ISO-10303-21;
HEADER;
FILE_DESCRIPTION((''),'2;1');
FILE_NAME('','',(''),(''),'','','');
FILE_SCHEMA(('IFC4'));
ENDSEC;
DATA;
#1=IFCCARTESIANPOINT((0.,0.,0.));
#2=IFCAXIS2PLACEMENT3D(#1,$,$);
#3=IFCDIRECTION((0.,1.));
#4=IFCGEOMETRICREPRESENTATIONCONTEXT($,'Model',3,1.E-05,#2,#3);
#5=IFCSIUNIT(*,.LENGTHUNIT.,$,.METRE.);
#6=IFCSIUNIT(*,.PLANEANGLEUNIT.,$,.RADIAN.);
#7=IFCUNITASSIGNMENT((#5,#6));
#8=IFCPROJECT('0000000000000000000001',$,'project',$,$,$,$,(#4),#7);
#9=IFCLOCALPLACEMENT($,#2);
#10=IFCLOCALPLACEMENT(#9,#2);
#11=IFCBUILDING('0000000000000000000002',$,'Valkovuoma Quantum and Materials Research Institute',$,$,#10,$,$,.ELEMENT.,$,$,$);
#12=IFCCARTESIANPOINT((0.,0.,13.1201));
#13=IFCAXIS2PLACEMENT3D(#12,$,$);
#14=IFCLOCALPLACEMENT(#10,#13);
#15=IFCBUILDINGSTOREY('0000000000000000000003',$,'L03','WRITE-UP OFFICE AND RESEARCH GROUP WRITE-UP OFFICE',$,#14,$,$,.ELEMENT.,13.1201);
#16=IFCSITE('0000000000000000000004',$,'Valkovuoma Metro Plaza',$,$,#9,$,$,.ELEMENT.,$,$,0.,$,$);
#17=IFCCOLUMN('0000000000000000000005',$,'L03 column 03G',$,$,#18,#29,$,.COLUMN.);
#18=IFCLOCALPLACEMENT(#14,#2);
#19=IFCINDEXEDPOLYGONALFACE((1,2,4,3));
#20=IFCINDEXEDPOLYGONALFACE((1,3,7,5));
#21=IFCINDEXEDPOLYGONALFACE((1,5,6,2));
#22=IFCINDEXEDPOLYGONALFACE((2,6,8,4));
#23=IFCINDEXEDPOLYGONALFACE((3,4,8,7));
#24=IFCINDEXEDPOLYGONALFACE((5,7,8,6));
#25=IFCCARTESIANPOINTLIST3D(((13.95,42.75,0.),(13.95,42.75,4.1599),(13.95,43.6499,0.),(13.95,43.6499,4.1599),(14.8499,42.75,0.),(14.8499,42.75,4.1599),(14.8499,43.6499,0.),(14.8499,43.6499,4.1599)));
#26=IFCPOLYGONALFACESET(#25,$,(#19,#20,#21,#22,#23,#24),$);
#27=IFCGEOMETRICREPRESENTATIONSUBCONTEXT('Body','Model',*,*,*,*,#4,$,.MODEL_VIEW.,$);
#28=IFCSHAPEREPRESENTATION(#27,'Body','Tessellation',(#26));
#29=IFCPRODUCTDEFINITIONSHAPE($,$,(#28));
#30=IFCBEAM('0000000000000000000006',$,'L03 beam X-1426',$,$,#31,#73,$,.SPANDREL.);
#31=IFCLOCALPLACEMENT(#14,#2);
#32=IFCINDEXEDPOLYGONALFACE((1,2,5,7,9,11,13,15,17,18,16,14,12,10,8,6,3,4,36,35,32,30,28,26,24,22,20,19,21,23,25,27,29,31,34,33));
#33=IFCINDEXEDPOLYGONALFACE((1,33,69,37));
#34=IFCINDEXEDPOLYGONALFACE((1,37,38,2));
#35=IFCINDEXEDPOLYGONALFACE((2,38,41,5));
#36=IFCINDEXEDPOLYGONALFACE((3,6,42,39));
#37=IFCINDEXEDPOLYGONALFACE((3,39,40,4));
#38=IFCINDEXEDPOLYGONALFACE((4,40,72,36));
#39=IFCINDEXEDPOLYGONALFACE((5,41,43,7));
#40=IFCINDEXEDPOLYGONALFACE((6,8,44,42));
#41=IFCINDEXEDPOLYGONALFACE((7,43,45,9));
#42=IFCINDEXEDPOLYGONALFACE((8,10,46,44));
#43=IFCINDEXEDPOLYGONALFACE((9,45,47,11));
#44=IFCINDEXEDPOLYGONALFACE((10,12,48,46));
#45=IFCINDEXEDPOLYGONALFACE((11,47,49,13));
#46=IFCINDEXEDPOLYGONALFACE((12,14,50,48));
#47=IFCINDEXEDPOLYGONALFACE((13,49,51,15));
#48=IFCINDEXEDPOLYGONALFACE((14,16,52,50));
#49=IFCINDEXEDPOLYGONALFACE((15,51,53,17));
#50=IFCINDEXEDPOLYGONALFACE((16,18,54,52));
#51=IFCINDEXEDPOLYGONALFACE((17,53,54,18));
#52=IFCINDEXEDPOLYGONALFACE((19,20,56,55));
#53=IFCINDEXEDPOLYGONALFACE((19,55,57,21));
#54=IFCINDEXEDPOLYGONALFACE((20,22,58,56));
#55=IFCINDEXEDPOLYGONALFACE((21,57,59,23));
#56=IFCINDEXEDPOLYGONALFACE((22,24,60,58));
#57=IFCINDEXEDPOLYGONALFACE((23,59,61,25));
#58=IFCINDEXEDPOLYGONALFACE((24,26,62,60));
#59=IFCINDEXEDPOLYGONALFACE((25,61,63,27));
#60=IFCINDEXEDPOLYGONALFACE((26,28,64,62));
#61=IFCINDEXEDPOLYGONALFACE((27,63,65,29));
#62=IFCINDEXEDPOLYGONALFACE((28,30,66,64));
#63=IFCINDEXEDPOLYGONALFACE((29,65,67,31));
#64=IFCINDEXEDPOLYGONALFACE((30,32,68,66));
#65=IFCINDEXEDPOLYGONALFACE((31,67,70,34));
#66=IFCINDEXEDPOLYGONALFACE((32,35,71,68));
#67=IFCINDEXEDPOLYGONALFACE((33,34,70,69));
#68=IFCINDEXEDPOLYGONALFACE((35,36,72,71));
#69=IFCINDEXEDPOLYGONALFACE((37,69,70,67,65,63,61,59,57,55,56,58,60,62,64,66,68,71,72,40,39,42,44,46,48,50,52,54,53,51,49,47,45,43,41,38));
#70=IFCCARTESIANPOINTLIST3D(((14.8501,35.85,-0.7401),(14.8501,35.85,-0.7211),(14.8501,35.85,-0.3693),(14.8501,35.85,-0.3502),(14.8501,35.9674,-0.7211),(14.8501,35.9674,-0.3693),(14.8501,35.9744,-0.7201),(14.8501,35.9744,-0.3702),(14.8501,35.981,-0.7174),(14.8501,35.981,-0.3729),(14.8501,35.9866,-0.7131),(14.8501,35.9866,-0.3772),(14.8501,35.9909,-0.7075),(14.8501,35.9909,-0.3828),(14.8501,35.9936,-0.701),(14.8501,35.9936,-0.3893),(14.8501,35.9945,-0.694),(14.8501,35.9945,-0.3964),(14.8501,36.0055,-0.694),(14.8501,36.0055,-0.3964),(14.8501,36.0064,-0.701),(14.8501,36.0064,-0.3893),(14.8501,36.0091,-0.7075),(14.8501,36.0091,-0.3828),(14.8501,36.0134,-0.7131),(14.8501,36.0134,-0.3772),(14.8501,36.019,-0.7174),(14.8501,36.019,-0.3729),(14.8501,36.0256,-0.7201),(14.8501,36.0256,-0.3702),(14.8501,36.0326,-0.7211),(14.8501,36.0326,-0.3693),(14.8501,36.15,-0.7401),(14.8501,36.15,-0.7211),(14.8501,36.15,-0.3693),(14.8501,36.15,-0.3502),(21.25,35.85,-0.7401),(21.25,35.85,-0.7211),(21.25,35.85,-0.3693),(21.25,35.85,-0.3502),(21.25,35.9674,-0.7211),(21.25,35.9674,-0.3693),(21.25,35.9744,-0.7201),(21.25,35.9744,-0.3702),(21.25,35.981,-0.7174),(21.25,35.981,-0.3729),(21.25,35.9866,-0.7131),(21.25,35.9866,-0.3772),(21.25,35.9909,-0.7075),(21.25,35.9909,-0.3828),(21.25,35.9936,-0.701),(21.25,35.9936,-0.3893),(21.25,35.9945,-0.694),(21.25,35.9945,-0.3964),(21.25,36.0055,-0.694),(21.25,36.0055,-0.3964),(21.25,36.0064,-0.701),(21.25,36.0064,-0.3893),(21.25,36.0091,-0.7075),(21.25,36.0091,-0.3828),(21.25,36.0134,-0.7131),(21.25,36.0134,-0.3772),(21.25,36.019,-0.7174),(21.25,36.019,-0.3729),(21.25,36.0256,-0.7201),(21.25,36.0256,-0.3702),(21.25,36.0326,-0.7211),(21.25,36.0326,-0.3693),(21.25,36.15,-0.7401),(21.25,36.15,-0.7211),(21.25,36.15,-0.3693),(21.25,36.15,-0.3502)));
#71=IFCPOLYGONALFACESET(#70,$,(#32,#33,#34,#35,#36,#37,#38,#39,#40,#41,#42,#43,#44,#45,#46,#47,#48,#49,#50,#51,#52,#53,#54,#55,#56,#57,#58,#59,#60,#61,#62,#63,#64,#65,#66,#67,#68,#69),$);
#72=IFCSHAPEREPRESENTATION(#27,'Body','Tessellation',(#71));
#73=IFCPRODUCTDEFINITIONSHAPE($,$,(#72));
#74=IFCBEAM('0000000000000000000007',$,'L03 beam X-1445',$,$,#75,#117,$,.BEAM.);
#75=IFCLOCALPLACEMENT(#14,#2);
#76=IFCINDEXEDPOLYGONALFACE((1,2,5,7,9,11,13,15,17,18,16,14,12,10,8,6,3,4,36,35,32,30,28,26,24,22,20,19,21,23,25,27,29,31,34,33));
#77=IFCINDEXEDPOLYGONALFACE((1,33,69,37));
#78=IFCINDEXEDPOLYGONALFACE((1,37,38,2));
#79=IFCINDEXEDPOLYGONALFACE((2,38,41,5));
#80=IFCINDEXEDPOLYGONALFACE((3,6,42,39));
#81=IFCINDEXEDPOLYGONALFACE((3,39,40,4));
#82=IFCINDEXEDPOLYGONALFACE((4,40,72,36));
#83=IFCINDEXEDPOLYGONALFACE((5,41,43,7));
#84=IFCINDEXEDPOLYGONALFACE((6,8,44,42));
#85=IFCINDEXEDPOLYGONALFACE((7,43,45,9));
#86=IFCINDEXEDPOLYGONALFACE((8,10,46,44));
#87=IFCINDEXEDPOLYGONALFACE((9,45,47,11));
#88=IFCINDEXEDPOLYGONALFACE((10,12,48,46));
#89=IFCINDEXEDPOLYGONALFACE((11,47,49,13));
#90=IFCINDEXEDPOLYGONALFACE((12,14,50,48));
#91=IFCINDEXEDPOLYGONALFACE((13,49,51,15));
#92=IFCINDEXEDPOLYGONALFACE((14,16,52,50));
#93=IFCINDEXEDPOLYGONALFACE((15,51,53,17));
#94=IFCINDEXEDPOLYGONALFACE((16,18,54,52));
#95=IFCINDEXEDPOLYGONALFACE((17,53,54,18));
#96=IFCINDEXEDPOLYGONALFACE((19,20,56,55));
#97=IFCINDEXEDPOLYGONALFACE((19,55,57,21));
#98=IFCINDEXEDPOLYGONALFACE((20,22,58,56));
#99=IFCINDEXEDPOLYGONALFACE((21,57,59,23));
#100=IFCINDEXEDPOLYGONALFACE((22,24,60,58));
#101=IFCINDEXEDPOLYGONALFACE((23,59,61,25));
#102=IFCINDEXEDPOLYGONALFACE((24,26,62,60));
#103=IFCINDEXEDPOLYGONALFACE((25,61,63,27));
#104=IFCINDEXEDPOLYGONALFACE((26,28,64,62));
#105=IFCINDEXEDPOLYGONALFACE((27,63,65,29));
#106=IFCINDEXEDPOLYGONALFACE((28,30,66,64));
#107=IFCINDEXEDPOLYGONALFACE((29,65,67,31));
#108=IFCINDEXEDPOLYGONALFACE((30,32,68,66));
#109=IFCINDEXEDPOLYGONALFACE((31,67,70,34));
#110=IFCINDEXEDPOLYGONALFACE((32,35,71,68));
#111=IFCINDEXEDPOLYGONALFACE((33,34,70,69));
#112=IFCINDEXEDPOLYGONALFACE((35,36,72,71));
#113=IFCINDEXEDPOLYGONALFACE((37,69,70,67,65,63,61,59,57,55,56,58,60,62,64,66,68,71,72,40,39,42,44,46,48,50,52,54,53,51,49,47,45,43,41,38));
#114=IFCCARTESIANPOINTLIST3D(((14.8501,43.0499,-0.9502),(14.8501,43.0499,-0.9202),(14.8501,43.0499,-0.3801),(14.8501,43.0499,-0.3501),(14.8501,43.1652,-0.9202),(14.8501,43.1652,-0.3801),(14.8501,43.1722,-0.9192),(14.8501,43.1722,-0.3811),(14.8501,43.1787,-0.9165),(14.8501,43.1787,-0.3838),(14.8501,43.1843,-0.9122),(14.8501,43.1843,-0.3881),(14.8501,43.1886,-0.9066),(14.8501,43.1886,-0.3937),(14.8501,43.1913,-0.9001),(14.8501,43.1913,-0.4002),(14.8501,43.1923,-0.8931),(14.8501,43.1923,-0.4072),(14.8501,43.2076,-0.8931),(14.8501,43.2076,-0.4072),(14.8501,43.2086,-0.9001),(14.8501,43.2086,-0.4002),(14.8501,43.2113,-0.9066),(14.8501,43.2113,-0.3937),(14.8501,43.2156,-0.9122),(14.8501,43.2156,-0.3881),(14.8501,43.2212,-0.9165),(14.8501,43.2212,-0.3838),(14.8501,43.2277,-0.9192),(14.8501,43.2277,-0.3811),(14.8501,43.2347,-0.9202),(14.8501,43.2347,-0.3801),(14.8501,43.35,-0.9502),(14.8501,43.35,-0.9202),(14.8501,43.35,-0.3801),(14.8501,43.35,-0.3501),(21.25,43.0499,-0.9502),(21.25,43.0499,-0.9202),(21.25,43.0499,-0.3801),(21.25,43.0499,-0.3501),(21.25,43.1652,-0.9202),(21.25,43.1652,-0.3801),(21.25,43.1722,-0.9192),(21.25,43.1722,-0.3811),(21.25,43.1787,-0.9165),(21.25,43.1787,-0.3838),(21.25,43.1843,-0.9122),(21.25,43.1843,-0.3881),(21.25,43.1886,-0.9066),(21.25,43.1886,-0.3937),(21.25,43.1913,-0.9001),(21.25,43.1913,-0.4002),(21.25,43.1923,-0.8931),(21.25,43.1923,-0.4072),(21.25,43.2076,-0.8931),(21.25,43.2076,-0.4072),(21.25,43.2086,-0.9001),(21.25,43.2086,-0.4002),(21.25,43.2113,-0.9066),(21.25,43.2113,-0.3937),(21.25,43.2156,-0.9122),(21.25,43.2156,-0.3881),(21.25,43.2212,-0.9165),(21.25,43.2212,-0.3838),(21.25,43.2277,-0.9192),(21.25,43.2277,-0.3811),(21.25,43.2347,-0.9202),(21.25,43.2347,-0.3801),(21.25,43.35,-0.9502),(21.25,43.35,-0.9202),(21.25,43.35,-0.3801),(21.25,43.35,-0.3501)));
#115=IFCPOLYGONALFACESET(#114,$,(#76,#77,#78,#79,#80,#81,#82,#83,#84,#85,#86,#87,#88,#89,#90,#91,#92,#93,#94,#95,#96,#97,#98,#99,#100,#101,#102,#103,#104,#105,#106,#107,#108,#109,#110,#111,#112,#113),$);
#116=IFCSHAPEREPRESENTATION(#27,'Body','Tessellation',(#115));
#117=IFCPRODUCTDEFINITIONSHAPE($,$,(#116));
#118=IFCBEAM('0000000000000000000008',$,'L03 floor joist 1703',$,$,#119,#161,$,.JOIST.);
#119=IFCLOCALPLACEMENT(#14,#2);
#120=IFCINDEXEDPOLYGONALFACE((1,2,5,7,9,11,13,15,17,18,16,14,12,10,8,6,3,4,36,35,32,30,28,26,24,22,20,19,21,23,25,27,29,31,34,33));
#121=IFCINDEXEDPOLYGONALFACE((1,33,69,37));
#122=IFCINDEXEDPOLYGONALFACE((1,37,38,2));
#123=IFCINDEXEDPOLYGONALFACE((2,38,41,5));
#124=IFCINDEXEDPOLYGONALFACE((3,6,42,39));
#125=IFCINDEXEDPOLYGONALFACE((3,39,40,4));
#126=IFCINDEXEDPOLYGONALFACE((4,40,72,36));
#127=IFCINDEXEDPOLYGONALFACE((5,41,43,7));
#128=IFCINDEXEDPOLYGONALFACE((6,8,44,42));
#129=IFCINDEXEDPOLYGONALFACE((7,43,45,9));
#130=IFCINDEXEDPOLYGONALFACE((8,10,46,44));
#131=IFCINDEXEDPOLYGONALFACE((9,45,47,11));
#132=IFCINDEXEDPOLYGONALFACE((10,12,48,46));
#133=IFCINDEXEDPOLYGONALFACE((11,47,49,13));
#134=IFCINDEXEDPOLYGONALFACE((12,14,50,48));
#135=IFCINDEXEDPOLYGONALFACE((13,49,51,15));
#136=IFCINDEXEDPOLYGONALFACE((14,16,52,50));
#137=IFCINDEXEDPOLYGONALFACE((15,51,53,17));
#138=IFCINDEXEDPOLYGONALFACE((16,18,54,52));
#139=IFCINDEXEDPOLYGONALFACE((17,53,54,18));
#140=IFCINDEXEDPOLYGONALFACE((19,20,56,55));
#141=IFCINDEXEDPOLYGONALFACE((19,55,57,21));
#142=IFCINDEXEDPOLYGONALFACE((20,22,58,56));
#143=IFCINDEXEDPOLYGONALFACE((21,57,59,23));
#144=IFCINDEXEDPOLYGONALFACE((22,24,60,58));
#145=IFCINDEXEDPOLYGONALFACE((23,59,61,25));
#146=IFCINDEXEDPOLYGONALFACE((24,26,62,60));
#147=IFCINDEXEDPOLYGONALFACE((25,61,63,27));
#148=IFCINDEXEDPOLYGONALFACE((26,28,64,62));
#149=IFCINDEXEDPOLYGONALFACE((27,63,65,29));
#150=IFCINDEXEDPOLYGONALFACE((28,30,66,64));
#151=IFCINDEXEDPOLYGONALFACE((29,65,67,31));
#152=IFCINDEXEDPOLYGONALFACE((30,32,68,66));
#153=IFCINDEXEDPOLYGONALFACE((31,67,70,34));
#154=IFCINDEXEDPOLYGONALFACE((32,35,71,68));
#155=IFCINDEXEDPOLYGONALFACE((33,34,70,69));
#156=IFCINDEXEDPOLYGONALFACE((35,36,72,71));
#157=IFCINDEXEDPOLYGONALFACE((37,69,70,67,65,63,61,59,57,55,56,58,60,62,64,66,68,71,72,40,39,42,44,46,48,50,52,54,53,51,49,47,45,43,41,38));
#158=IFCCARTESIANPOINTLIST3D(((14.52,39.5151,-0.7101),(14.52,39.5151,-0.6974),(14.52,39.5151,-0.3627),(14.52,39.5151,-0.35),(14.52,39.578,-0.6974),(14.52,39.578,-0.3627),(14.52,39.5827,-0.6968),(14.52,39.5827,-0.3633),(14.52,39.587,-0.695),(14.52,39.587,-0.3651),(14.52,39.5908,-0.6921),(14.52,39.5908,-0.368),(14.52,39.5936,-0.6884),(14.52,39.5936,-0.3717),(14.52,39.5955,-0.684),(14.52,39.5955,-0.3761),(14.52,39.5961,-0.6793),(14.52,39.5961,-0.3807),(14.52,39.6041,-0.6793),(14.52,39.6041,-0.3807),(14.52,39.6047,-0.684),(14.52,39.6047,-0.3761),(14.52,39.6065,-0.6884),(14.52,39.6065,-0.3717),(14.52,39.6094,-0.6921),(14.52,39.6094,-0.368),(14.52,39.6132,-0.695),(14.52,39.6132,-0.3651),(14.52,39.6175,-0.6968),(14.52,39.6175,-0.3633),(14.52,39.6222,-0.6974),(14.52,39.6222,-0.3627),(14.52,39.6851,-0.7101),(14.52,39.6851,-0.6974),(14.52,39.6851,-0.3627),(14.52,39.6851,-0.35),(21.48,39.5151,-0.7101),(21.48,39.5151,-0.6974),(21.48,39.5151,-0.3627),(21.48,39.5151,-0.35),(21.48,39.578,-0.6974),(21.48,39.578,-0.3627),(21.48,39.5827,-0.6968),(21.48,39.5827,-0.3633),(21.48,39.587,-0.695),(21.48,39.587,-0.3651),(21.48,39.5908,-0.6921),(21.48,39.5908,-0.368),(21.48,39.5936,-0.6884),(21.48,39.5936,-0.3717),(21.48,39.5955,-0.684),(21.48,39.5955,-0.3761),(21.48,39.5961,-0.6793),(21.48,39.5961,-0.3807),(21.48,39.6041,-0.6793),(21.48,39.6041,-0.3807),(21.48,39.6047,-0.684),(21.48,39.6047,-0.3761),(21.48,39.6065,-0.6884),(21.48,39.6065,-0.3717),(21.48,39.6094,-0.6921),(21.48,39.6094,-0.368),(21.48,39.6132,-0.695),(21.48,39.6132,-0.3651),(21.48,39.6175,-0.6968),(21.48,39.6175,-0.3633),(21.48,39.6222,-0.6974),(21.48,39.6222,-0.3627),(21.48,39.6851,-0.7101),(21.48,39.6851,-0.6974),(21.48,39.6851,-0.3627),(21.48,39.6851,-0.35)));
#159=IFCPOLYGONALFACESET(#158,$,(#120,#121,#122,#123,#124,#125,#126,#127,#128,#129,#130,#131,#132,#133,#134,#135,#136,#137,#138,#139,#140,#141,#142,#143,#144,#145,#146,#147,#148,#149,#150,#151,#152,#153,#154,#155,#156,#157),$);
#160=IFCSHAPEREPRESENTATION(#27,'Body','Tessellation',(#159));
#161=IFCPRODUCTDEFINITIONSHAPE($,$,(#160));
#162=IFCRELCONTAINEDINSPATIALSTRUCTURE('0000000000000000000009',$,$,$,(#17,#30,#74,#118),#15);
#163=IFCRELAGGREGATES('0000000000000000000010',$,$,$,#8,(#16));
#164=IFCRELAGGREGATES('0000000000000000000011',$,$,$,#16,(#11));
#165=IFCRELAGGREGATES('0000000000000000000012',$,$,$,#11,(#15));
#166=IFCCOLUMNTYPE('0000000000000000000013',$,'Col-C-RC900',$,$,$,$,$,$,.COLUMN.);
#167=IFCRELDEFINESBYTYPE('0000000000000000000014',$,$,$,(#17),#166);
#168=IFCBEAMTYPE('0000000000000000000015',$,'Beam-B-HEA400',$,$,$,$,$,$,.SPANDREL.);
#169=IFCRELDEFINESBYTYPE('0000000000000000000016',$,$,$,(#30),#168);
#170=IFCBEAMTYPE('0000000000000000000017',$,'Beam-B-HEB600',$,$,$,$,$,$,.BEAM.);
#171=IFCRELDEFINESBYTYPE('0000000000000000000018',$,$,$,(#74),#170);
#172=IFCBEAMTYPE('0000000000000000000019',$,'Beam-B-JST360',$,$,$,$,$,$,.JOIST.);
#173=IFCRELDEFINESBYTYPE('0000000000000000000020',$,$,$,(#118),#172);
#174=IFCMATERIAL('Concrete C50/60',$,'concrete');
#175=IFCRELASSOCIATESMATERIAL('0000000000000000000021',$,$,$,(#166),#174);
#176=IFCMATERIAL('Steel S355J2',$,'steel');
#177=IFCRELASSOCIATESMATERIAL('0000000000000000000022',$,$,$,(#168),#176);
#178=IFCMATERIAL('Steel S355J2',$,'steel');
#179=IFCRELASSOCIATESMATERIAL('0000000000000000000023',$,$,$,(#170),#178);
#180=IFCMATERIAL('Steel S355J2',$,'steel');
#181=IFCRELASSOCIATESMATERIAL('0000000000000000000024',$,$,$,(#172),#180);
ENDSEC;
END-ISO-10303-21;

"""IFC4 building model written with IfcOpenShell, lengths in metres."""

from ifc_helpers import new_model, si_unit, direction, frame, origin, origin_2d, place, context, subcontext, project, spatial, rectangle, i_section, extrude, material, material_profile, profile_set, type_object, element, save


model = new_model("IFC4")

# Units and contexts
model_context = context("Model", 3, precision=1e-05, world=origin(), true_north=direction((0.0, 1.0)))
body_context = subcontext(model_context, "Body", "Model", "MODEL_VIEW")
ifc_project = project(units=[si_unit("LENGTHUNIT", "METRE"), si_unit("PLANEANGLEUNIT", "RADIAN")], contexts=[model_context])

# Site, building, storey
site_placement = place(None, origin())
site = spatial("IfcSite", under=ifc_project, at=site_placement, Name="Valkovuoma Metro Plaza", CompositionType="ELEMENT", RefElevation=0.0)
building_placement = place(site_placement, origin())
building = spatial("IfcBuilding", under=site, at=building_placement, Name="Valkovuoma Quantum and Materials Research Institute", CompositionType="ELEMENT")
storey_placement = place(building_placement, frame((0.0, 0.0, 13.1201)))
storey = spatial("IfcBuildingStorey", under=building, at=storey_placement, Name="L03", Description="WRITE-UP OFFICE AND RESEARCH GROUP WRITE-UP OFFICE", CompositionType="ELEMENT", Elevation=13.1201)

# Column
ifc_material_1 = material(Name="Concrete C50/60", Category="concrete")
ifc_material_profile_1 = material_profile(ifc_material_1, rectangle(XDim=0.8999, YDim=0.8999, at=origin_2d()), Name="Concrete C50/60")
ifc_profile_set_1 = profile_set([ifc_material_profile_1], Name="Concrete C50/60")
column_type = type_object("IfcColumnType", Name="Col-C-RC900", PredefinedType="COLUMN", material=ifc_profile_set_1)
column_placement = place(storey_placement, frame((14.3999, 43.2, 0.0), z_axis=(0.0, 0.0, 1.0), x_axis=(1.0, 0.0, 0.0)))
element("IfcColumn", 1, at=column_placement, inside=storey, type_object=column_type, Name="L03 column 03G", PredefinedType="COLUMN", context=body_context, shape_type="SweptSolid", body=[
    extrude(rectangle(XDim=0.8999, YDim=0.8999, at=origin_2d()), origin(), (0.0, 0.0, 1.0), 4.1599),
])

# Beams
ifc_material_2 = material(Name="Steel S355J2", Category="steel")
ifc_material_profile_2 = material_profile(ifc_material_2, i_section(OverallWidth=0.3, OverallDepth=0.3899, WebThickness=0.011, FlangeThickness=0.019, FilletRadius=0.0271, at=origin_2d()), Name="Steel S355J2")
ifc_profile_set_2 = profile_set([ifc_material_profile_2], Name="Steel S355J2")
beam_type_1 = type_object("IfcBeamType", Name="Beam-B-HEA400", PredefinedType="SPANDREL", material=ifc_profile_set_2)
beam_1_placement = place(storey_placement, frame((14.8501, 36.0, -0.5452), z_axis=(1.0, 0.0, 0.0), x_axis=(0.0, 1.0, 0.0)))
element("IfcBeam", 2, at=beam_1_placement, inside=storey, type_object=beam_type_1, Name="L03 beam X-1426", PredefinedType="SPANDREL", context=body_context, shape_type="SweptSolid", body=[
    extrude(i_section(OverallWidth=0.3, OverallDepth=0.3899, WebThickness=0.011, FlangeThickness=0.019, FilletRadius=0.0271, at=origin_2d()), origin(), (0.0, 0.0, 1.0), 6.3999),
])
ifc_material_3 = material(Name="Steel S355J2", Category="steel")
ifc_material_profile_3 = material_profile(ifc_material_3, i_section(OverallWidth=0.3, OverallDepth=0.6001, WebThickness=0.0154, FlangeThickness=0.03, FilletRadius=0.0271, at=origin_2d()), Name="Steel S355J2")
ifc_profile_set_3 = profile_set([ifc_material_profile_3], Name="Steel S355J2")
beam_type_2 = type_object("IfcBeamType", Name="Beam-B-HEB600", PredefinedType="BEAM", material=ifc_profile_set_3)
beam_2_placement = place(storey_placement, frame((14.8501, 43.2, -0.6501), z_axis=(1.0, 0.0, 0.0), x_axis=(0.0, 1.0, 0.0)))
element("IfcBeam", 3, at=beam_2_placement, inside=storey, type_object=beam_type_2, Name="L03 beam X-1445", PredefinedType="BEAM", context=body_context, shape_type="SweptSolid", body=[
    extrude(i_section(OverallWidth=0.3, OverallDepth=0.6001, WebThickness=0.0154, FlangeThickness=0.03, FilletRadius=0.0271, at=origin_2d()), origin(), (0.0, 0.0, 1.0), 6.3999),
])
ifc_material_4 = material(Name="Steel S355J2", Category="steel")
ifc_material_profile_4 = material_profile(ifc_material_4, i_section(OverallWidth=0.1699, OverallDepth=0.3601, WebThickness=0.0081, FlangeThickness=0.0127, FilletRadius=0.0181, at=origin_2d()), Name="Steel S355J2")
ifc_profile_set_4 = profile_set([ifc_material_profile_4], Name="Steel S355J2")
beam_type_3 = type_object("IfcBeamType", Name="Beam-B-JST360", PredefinedType="JOIST", material=ifc_profile_set_4)
for number, where, z_axis, x_axis, name in (
    (4, (14.52, 39.6001, -0.53), (1.0, 0.0, 0.0), (0.0, 1.0, 0.0), "L03 floor joist 1703"),
):
    element("IfcBeam", number, at=place(storey_placement, frame(where, z_axis=z_axis, x_axis=x_axis)), inside=storey, type_object=beam_type_3, Name=name, PredefinedType="JOIST", context=body_context, shape_type="SweptSolid", body=[
        extrude(i_section(OverallWidth=0.1699, OverallDepth=0.3601, WebThickness=0.0081, FlangeThickness=0.0127, FilletRadius=0.0181, at=origin_2d()), origin(), (0.0, 0.0, 1.0), 6.96),
    ])

save(model, "model.ifc")
